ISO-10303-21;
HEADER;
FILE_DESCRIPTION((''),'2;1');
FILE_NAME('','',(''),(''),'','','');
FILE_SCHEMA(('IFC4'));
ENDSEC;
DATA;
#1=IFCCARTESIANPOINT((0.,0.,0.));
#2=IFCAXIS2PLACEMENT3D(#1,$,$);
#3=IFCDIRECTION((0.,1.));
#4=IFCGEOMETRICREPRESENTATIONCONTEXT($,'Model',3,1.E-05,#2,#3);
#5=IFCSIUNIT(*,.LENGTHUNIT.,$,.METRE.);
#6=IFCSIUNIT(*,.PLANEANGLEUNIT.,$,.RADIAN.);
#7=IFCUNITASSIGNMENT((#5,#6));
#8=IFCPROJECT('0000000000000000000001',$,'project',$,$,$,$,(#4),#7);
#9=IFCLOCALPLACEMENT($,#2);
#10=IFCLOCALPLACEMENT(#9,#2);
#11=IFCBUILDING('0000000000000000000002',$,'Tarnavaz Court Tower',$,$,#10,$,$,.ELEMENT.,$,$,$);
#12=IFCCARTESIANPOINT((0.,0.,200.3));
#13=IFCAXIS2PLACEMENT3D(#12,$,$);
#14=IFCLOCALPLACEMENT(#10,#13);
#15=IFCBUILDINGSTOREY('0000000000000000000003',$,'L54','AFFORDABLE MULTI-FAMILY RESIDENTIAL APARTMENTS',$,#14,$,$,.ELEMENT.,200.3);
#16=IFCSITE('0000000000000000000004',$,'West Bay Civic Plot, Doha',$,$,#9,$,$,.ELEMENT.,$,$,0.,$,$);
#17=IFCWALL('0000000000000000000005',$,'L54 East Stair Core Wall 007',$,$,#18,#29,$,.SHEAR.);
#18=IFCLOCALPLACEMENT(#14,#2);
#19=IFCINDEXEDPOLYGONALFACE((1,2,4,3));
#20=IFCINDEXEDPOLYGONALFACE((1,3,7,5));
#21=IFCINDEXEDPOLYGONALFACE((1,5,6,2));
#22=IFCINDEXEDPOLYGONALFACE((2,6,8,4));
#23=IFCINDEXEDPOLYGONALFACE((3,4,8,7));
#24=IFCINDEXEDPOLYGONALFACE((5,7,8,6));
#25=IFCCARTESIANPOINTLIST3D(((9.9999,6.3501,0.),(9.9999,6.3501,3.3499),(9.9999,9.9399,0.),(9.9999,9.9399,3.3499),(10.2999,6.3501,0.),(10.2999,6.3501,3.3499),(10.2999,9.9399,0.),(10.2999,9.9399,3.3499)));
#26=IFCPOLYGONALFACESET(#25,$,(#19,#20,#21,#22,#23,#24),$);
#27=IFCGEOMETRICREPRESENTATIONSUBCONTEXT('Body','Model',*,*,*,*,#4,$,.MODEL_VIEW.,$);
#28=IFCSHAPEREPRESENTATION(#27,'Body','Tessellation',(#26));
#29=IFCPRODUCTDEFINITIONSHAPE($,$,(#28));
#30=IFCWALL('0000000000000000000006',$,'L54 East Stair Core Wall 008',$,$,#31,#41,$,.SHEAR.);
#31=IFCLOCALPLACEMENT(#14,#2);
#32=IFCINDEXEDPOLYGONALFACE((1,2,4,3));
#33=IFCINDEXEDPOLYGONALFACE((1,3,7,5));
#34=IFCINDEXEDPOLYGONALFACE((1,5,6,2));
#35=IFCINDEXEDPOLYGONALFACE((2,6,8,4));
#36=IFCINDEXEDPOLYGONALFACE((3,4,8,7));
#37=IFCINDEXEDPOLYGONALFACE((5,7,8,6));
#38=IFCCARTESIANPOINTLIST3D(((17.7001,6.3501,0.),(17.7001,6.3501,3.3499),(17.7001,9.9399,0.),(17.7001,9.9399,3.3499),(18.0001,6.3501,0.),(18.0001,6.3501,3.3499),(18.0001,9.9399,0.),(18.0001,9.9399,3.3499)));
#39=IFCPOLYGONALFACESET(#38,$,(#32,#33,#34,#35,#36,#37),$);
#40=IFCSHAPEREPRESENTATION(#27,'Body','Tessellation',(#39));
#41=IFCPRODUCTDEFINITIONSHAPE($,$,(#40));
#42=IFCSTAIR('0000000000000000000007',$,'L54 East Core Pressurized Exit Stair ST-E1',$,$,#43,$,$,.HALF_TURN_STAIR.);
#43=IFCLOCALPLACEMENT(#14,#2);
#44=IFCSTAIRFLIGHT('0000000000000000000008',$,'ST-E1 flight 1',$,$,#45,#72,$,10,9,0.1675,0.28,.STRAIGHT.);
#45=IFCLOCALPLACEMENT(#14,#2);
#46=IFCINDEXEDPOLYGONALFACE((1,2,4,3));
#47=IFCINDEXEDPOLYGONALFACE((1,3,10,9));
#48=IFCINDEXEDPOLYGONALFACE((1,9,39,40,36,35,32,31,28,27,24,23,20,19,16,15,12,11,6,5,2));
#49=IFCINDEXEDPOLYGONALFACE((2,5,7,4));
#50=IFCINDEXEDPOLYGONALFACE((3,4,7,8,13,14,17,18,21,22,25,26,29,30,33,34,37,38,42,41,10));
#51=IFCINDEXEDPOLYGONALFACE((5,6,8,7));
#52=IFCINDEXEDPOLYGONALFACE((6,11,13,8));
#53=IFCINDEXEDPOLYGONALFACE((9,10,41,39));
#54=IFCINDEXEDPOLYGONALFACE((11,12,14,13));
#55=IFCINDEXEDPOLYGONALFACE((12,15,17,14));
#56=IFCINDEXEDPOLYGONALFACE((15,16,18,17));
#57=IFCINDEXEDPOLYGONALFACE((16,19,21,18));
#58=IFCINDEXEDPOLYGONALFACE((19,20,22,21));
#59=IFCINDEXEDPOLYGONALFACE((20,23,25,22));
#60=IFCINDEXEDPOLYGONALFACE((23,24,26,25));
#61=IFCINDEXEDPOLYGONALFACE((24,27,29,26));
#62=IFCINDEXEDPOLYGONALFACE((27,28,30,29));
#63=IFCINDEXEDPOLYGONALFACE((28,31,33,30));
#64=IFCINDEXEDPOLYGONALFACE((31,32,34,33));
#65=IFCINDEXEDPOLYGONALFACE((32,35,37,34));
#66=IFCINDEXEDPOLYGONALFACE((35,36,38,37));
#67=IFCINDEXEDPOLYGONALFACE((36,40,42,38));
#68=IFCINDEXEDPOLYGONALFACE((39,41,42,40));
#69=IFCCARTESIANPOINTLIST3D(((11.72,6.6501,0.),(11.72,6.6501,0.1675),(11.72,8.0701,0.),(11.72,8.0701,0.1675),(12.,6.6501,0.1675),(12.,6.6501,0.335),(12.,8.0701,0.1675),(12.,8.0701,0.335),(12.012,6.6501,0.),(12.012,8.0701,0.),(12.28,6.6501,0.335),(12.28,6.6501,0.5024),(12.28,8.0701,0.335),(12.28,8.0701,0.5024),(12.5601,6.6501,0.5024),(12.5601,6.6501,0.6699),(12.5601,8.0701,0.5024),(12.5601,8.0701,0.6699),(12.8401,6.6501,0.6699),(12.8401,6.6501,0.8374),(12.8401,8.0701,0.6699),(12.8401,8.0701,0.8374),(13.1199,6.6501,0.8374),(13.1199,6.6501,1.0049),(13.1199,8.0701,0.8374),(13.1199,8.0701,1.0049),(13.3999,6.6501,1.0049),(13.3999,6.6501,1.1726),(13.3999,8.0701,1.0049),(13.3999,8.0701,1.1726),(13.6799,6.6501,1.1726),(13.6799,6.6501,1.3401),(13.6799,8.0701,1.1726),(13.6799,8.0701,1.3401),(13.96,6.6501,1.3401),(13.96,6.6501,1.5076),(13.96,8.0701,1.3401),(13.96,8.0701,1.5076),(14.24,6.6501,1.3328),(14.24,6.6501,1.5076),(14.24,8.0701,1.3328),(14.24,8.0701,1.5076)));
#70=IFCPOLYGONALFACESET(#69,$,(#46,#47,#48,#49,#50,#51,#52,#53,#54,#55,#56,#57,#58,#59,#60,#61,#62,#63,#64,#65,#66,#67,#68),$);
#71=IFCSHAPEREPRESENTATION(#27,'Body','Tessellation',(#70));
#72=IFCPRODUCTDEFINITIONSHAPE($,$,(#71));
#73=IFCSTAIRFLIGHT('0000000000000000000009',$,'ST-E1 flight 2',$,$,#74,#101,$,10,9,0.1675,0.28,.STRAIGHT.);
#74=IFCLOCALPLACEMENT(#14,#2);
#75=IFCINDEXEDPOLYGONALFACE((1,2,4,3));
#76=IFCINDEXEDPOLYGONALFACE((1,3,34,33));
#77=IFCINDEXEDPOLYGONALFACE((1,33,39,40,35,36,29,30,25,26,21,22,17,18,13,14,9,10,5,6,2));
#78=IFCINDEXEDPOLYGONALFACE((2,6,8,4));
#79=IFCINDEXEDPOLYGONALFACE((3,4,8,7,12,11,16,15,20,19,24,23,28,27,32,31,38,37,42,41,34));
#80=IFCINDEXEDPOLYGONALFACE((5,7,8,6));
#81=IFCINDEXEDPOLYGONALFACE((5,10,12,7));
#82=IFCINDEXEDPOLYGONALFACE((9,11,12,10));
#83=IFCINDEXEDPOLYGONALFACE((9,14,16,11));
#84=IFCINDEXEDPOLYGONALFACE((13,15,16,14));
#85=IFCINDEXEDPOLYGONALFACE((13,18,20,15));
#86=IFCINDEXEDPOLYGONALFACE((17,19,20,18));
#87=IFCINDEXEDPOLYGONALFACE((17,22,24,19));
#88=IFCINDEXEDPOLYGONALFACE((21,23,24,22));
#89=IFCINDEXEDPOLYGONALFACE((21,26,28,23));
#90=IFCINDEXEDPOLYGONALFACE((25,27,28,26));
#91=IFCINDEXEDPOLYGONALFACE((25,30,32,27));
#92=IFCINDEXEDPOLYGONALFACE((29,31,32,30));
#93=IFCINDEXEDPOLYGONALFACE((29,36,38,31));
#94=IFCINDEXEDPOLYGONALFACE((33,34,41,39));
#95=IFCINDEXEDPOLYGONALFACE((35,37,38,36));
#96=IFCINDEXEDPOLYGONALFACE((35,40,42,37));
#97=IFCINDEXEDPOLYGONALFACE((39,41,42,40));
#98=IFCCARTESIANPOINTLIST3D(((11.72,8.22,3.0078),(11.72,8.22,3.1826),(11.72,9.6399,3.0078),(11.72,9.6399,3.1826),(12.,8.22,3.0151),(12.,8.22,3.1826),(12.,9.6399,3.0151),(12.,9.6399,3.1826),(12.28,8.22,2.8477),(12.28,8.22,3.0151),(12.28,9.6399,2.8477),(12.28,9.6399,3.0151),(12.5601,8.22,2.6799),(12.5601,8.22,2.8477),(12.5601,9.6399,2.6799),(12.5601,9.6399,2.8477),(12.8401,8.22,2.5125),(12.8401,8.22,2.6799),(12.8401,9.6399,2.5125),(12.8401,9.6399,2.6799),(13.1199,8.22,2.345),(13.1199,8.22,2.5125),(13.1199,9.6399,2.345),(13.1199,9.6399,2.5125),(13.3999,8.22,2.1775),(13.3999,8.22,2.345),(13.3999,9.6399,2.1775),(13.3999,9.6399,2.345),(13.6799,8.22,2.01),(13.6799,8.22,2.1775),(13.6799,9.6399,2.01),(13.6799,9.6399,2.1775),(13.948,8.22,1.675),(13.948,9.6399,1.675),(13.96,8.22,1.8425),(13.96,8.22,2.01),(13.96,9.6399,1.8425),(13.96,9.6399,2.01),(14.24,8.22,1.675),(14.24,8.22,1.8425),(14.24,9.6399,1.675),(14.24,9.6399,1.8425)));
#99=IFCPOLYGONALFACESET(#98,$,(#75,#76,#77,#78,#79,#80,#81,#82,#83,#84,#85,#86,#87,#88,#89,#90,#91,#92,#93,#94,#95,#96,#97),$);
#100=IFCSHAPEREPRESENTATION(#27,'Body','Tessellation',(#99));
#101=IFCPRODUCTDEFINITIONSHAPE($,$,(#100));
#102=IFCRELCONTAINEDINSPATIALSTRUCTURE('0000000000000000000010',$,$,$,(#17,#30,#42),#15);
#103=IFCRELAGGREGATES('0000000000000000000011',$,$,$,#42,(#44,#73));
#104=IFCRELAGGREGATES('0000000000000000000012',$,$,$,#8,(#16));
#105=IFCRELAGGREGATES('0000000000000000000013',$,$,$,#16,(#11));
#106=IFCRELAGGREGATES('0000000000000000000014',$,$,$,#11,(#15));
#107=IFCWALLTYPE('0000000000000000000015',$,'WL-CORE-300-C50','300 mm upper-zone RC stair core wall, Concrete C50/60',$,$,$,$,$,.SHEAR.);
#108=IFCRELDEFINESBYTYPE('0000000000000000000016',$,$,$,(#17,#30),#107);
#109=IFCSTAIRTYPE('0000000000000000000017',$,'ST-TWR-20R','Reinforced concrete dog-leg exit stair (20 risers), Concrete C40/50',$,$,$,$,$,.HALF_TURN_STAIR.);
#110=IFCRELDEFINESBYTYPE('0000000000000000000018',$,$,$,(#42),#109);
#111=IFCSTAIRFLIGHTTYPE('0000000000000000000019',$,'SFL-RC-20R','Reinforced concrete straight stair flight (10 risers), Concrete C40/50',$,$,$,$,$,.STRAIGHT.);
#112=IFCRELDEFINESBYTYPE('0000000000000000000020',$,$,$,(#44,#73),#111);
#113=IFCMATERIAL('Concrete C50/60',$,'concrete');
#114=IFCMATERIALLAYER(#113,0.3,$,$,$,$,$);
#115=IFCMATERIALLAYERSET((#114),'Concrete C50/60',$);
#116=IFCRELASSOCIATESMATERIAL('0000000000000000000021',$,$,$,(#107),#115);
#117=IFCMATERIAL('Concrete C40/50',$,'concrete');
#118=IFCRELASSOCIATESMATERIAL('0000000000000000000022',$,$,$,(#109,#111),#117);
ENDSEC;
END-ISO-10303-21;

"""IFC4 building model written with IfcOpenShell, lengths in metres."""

from ifc_helpers import new_model, si_unit, direction, frame, frame_2d, origin, place, context, subcontext, project, spatial, polyline, rectangle, outline, extrude, material, layer, layer_set, type_object, element, aggregate, save


model = new_model("IFC4")

# Units and contexts
model_context = context("Model", 3, precision=1e-05, world=origin(), true_north=direction((0.0, 1.0)))
body_context = subcontext(model_context, "Body", "Model", "MODEL_VIEW")
ifc_project = project(units=[si_unit("LENGTHUNIT", "METRE"), si_unit("PLANEANGLEUNIT", "RADIAN")], contexts=[model_context])

# Site, building, storey
site_placement = place(None, origin())
site = spatial("IfcSite", under=ifc_project, at=site_placement, Name="West Bay Civic Plot, Doha", CompositionType="ELEMENT", RefElevation=0.0)
building_placement = place(site_placement, origin())
building = spatial("IfcBuilding", under=site, at=building_placement, Name="Tarnavaz Court Tower", CompositionType="ELEMENT")
storey_placement = place(building_placement, frame((0.0, 0.0, 200.3)))
storey = spatial("IfcBuildingStorey", under=building, at=storey_placement, Name="L54", Description="AFFORDABLE MULTI-FAMILY RESIDENTIAL APARTMENTS", CompositionType="ELEMENT", Elevation=200.3)

# Shared definitions
ifc_material_1 = material(Name="Concrete C50/60", Category="concrete")

# Shared definitions
ifc_layer_1 = layer(ifc_material_1, 0.3)
ifc_layer_set_1 = layer_set([ifc_layer_1], Name="Concrete C50/60")
wall_type_1 = type_object("IfcWallType", Name="WL-CORE-300-C50", Description="300 mm upper-zone RC stair core wall, Concrete C50/60", PredefinedType="SHEAR", material=ifc_layer_set_1)

# Walls
for number, where, z_axis, x_axis, name in (
    (1, (10.1499, 6.3501, 0.0), (0.0, 0.0, 1.0), (0.0, 1.0, 0.0), "L54 East Stair Core Wall 007"),
    (2, (17.8501, 6.3501, 0.0), (0.0, 0.0, 1.0), (0.0, 1.0, 0.0), "L54 East Stair Core Wall 008"),
):
    element("IfcWall", number, at=place(storey_placement, frame(where, z_axis=z_axis, x_axis=x_axis)), inside=storey, type_object=wall_type_1, Name=name, PredefinedType="SHEAR", context=body_context, shape_type="SweptSolid", body=[
        extrude(rectangle(XDim=3.5898, YDim=0.3, at=frame_2d((1.7949, 0.0))), origin(), (0.0, 0.0, 1.0), 3.3499),
    ])

# Stair, stair flights
ifc_material_2 = material(Name="Concrete C40/50", Category="concrete")
stair_type = type_object("IfcStairType", Name="ST-TWR-20R", Description="Reinforced concrete dog-leg exit stair (20 risers), Concrete C40/50", PredefinedType="HALF_TURN_STAIR", material=ifc_material_2)
stair_placement = place(storey_placement, origin())
stair = element("IfcStair", 3, at=stair_placement, inside=storey, type_object=stair_type, Name="L54 East Core Pressurized Exit Stair ST-E1", PredefinedType="HALF_TURN_STAIR")
stair_flight_type = type_object("IfcStairFlightType", Name="SFL-RC-20R", Description="Reinforced concrete straight stair flight (10 risers), Concrete C40/50", PredefinedType="STRAIGHT", material=ifc_material_2)
stair_flight_1_placement = place(storey_placement, frame((11.72, 7.3601, 0.0), z_axis=(0.0, 0.0, 1.0), x_axis=(1.0, 0.0, 0.0)))
stair_flight_1 = element("IfcStairFlight", 4, at=stair_flight_1_placement, type_object=stair_flight_type, Name="ST-E1 flight 1", NumberOfRisers=10, NumberOfTreads=9, PredefinedType="STRAIGHT", RiserHeight=0.1675, TreadLength=0.28, context=body_context, shape_type="SweptSolid", body=[
    extrude(outline(polyline([(0.0, 0.0), (0.0, 0.1675), (0.28, 0.1675), (0.28, 0.335), (0.5601, 0.335), (0.5601, 0.5024), (0.8401, 0.5024), (0.8401, 0.6699), (1.1201, 0.6699), (1.1201, 0.8374), (1.3999, 0.8374), (1.3999, 1.0049), (1.6799, 1.0049), (1.6799, 1.1726), (1.96, 1.1726), (1.96, 1.3401), (2.24, 1.3401), (2.24, 1.5076), (2.52, 1.5076), (2.52, 1.675), (2.52, 1.3328), (0.292, 0.0), (0.0, 0.0)])), frame((0.0, 0.71, 0.0), z_axis=(0.0, -1.0, 0.0), x_axis=(1.0, 0.0, 0.0)), (0.0, 0.0, 1.0), 1.4199),
])
stair_flight_2_placement = place(storey_placement, frame((14.24, 8.9299, 1.675), z_axis=(0.0, 0.0, 1.0), x_axis=(-1.0, 0.0, 0.0)))
stair_flight_2 = element("IfcStairFlight", 5, at=stair_flight_2_placement, type_object=stair_flight_type, Name="ST-E1 flight 2", NumberOfRisers=10, NumberOfTreads=9, PredefinedType="STRAIGHT", RiserHeight=0.1675, TreadLength=0.28, context=body_context, shape_type="SweptSolid", body=[
    extrude(outline(polyline([(0.0, 0.0), (0.0, 0.1675), (0.28, 0.1675), (0.28, 0.335), (0.5601, 0.335), (0.5601, 0.5024), (0.8401, 0.5024), (0.8401, 0.6699), (1.1201, 0.6699), (1.1201, 0.8374), (1.3999, 0.8374), (1.3999, 1.0049), (1.6799, 1.0049), (1.6799, 1.1726), (1.96, 1.1726), (1.96, 1.3401), (2.24, 1.3401), (2.24, 1.5076), (2.52, 1.5076), (2.52, 1.675), (2.52, 1.3328), (0.292, 0.0), (0.0, 0.0)])), frame((0.0, 0.71, 0.0), z_axis=(0.0, -1.0, 0.0), x_axis=(1.0, 0.0, 0.0)), (0.0, 0.0, 1.0), 1.4199),
])
aggregate(stair, [stair_flight_1, stair_flight_2])

save(model, "model.ifc")
